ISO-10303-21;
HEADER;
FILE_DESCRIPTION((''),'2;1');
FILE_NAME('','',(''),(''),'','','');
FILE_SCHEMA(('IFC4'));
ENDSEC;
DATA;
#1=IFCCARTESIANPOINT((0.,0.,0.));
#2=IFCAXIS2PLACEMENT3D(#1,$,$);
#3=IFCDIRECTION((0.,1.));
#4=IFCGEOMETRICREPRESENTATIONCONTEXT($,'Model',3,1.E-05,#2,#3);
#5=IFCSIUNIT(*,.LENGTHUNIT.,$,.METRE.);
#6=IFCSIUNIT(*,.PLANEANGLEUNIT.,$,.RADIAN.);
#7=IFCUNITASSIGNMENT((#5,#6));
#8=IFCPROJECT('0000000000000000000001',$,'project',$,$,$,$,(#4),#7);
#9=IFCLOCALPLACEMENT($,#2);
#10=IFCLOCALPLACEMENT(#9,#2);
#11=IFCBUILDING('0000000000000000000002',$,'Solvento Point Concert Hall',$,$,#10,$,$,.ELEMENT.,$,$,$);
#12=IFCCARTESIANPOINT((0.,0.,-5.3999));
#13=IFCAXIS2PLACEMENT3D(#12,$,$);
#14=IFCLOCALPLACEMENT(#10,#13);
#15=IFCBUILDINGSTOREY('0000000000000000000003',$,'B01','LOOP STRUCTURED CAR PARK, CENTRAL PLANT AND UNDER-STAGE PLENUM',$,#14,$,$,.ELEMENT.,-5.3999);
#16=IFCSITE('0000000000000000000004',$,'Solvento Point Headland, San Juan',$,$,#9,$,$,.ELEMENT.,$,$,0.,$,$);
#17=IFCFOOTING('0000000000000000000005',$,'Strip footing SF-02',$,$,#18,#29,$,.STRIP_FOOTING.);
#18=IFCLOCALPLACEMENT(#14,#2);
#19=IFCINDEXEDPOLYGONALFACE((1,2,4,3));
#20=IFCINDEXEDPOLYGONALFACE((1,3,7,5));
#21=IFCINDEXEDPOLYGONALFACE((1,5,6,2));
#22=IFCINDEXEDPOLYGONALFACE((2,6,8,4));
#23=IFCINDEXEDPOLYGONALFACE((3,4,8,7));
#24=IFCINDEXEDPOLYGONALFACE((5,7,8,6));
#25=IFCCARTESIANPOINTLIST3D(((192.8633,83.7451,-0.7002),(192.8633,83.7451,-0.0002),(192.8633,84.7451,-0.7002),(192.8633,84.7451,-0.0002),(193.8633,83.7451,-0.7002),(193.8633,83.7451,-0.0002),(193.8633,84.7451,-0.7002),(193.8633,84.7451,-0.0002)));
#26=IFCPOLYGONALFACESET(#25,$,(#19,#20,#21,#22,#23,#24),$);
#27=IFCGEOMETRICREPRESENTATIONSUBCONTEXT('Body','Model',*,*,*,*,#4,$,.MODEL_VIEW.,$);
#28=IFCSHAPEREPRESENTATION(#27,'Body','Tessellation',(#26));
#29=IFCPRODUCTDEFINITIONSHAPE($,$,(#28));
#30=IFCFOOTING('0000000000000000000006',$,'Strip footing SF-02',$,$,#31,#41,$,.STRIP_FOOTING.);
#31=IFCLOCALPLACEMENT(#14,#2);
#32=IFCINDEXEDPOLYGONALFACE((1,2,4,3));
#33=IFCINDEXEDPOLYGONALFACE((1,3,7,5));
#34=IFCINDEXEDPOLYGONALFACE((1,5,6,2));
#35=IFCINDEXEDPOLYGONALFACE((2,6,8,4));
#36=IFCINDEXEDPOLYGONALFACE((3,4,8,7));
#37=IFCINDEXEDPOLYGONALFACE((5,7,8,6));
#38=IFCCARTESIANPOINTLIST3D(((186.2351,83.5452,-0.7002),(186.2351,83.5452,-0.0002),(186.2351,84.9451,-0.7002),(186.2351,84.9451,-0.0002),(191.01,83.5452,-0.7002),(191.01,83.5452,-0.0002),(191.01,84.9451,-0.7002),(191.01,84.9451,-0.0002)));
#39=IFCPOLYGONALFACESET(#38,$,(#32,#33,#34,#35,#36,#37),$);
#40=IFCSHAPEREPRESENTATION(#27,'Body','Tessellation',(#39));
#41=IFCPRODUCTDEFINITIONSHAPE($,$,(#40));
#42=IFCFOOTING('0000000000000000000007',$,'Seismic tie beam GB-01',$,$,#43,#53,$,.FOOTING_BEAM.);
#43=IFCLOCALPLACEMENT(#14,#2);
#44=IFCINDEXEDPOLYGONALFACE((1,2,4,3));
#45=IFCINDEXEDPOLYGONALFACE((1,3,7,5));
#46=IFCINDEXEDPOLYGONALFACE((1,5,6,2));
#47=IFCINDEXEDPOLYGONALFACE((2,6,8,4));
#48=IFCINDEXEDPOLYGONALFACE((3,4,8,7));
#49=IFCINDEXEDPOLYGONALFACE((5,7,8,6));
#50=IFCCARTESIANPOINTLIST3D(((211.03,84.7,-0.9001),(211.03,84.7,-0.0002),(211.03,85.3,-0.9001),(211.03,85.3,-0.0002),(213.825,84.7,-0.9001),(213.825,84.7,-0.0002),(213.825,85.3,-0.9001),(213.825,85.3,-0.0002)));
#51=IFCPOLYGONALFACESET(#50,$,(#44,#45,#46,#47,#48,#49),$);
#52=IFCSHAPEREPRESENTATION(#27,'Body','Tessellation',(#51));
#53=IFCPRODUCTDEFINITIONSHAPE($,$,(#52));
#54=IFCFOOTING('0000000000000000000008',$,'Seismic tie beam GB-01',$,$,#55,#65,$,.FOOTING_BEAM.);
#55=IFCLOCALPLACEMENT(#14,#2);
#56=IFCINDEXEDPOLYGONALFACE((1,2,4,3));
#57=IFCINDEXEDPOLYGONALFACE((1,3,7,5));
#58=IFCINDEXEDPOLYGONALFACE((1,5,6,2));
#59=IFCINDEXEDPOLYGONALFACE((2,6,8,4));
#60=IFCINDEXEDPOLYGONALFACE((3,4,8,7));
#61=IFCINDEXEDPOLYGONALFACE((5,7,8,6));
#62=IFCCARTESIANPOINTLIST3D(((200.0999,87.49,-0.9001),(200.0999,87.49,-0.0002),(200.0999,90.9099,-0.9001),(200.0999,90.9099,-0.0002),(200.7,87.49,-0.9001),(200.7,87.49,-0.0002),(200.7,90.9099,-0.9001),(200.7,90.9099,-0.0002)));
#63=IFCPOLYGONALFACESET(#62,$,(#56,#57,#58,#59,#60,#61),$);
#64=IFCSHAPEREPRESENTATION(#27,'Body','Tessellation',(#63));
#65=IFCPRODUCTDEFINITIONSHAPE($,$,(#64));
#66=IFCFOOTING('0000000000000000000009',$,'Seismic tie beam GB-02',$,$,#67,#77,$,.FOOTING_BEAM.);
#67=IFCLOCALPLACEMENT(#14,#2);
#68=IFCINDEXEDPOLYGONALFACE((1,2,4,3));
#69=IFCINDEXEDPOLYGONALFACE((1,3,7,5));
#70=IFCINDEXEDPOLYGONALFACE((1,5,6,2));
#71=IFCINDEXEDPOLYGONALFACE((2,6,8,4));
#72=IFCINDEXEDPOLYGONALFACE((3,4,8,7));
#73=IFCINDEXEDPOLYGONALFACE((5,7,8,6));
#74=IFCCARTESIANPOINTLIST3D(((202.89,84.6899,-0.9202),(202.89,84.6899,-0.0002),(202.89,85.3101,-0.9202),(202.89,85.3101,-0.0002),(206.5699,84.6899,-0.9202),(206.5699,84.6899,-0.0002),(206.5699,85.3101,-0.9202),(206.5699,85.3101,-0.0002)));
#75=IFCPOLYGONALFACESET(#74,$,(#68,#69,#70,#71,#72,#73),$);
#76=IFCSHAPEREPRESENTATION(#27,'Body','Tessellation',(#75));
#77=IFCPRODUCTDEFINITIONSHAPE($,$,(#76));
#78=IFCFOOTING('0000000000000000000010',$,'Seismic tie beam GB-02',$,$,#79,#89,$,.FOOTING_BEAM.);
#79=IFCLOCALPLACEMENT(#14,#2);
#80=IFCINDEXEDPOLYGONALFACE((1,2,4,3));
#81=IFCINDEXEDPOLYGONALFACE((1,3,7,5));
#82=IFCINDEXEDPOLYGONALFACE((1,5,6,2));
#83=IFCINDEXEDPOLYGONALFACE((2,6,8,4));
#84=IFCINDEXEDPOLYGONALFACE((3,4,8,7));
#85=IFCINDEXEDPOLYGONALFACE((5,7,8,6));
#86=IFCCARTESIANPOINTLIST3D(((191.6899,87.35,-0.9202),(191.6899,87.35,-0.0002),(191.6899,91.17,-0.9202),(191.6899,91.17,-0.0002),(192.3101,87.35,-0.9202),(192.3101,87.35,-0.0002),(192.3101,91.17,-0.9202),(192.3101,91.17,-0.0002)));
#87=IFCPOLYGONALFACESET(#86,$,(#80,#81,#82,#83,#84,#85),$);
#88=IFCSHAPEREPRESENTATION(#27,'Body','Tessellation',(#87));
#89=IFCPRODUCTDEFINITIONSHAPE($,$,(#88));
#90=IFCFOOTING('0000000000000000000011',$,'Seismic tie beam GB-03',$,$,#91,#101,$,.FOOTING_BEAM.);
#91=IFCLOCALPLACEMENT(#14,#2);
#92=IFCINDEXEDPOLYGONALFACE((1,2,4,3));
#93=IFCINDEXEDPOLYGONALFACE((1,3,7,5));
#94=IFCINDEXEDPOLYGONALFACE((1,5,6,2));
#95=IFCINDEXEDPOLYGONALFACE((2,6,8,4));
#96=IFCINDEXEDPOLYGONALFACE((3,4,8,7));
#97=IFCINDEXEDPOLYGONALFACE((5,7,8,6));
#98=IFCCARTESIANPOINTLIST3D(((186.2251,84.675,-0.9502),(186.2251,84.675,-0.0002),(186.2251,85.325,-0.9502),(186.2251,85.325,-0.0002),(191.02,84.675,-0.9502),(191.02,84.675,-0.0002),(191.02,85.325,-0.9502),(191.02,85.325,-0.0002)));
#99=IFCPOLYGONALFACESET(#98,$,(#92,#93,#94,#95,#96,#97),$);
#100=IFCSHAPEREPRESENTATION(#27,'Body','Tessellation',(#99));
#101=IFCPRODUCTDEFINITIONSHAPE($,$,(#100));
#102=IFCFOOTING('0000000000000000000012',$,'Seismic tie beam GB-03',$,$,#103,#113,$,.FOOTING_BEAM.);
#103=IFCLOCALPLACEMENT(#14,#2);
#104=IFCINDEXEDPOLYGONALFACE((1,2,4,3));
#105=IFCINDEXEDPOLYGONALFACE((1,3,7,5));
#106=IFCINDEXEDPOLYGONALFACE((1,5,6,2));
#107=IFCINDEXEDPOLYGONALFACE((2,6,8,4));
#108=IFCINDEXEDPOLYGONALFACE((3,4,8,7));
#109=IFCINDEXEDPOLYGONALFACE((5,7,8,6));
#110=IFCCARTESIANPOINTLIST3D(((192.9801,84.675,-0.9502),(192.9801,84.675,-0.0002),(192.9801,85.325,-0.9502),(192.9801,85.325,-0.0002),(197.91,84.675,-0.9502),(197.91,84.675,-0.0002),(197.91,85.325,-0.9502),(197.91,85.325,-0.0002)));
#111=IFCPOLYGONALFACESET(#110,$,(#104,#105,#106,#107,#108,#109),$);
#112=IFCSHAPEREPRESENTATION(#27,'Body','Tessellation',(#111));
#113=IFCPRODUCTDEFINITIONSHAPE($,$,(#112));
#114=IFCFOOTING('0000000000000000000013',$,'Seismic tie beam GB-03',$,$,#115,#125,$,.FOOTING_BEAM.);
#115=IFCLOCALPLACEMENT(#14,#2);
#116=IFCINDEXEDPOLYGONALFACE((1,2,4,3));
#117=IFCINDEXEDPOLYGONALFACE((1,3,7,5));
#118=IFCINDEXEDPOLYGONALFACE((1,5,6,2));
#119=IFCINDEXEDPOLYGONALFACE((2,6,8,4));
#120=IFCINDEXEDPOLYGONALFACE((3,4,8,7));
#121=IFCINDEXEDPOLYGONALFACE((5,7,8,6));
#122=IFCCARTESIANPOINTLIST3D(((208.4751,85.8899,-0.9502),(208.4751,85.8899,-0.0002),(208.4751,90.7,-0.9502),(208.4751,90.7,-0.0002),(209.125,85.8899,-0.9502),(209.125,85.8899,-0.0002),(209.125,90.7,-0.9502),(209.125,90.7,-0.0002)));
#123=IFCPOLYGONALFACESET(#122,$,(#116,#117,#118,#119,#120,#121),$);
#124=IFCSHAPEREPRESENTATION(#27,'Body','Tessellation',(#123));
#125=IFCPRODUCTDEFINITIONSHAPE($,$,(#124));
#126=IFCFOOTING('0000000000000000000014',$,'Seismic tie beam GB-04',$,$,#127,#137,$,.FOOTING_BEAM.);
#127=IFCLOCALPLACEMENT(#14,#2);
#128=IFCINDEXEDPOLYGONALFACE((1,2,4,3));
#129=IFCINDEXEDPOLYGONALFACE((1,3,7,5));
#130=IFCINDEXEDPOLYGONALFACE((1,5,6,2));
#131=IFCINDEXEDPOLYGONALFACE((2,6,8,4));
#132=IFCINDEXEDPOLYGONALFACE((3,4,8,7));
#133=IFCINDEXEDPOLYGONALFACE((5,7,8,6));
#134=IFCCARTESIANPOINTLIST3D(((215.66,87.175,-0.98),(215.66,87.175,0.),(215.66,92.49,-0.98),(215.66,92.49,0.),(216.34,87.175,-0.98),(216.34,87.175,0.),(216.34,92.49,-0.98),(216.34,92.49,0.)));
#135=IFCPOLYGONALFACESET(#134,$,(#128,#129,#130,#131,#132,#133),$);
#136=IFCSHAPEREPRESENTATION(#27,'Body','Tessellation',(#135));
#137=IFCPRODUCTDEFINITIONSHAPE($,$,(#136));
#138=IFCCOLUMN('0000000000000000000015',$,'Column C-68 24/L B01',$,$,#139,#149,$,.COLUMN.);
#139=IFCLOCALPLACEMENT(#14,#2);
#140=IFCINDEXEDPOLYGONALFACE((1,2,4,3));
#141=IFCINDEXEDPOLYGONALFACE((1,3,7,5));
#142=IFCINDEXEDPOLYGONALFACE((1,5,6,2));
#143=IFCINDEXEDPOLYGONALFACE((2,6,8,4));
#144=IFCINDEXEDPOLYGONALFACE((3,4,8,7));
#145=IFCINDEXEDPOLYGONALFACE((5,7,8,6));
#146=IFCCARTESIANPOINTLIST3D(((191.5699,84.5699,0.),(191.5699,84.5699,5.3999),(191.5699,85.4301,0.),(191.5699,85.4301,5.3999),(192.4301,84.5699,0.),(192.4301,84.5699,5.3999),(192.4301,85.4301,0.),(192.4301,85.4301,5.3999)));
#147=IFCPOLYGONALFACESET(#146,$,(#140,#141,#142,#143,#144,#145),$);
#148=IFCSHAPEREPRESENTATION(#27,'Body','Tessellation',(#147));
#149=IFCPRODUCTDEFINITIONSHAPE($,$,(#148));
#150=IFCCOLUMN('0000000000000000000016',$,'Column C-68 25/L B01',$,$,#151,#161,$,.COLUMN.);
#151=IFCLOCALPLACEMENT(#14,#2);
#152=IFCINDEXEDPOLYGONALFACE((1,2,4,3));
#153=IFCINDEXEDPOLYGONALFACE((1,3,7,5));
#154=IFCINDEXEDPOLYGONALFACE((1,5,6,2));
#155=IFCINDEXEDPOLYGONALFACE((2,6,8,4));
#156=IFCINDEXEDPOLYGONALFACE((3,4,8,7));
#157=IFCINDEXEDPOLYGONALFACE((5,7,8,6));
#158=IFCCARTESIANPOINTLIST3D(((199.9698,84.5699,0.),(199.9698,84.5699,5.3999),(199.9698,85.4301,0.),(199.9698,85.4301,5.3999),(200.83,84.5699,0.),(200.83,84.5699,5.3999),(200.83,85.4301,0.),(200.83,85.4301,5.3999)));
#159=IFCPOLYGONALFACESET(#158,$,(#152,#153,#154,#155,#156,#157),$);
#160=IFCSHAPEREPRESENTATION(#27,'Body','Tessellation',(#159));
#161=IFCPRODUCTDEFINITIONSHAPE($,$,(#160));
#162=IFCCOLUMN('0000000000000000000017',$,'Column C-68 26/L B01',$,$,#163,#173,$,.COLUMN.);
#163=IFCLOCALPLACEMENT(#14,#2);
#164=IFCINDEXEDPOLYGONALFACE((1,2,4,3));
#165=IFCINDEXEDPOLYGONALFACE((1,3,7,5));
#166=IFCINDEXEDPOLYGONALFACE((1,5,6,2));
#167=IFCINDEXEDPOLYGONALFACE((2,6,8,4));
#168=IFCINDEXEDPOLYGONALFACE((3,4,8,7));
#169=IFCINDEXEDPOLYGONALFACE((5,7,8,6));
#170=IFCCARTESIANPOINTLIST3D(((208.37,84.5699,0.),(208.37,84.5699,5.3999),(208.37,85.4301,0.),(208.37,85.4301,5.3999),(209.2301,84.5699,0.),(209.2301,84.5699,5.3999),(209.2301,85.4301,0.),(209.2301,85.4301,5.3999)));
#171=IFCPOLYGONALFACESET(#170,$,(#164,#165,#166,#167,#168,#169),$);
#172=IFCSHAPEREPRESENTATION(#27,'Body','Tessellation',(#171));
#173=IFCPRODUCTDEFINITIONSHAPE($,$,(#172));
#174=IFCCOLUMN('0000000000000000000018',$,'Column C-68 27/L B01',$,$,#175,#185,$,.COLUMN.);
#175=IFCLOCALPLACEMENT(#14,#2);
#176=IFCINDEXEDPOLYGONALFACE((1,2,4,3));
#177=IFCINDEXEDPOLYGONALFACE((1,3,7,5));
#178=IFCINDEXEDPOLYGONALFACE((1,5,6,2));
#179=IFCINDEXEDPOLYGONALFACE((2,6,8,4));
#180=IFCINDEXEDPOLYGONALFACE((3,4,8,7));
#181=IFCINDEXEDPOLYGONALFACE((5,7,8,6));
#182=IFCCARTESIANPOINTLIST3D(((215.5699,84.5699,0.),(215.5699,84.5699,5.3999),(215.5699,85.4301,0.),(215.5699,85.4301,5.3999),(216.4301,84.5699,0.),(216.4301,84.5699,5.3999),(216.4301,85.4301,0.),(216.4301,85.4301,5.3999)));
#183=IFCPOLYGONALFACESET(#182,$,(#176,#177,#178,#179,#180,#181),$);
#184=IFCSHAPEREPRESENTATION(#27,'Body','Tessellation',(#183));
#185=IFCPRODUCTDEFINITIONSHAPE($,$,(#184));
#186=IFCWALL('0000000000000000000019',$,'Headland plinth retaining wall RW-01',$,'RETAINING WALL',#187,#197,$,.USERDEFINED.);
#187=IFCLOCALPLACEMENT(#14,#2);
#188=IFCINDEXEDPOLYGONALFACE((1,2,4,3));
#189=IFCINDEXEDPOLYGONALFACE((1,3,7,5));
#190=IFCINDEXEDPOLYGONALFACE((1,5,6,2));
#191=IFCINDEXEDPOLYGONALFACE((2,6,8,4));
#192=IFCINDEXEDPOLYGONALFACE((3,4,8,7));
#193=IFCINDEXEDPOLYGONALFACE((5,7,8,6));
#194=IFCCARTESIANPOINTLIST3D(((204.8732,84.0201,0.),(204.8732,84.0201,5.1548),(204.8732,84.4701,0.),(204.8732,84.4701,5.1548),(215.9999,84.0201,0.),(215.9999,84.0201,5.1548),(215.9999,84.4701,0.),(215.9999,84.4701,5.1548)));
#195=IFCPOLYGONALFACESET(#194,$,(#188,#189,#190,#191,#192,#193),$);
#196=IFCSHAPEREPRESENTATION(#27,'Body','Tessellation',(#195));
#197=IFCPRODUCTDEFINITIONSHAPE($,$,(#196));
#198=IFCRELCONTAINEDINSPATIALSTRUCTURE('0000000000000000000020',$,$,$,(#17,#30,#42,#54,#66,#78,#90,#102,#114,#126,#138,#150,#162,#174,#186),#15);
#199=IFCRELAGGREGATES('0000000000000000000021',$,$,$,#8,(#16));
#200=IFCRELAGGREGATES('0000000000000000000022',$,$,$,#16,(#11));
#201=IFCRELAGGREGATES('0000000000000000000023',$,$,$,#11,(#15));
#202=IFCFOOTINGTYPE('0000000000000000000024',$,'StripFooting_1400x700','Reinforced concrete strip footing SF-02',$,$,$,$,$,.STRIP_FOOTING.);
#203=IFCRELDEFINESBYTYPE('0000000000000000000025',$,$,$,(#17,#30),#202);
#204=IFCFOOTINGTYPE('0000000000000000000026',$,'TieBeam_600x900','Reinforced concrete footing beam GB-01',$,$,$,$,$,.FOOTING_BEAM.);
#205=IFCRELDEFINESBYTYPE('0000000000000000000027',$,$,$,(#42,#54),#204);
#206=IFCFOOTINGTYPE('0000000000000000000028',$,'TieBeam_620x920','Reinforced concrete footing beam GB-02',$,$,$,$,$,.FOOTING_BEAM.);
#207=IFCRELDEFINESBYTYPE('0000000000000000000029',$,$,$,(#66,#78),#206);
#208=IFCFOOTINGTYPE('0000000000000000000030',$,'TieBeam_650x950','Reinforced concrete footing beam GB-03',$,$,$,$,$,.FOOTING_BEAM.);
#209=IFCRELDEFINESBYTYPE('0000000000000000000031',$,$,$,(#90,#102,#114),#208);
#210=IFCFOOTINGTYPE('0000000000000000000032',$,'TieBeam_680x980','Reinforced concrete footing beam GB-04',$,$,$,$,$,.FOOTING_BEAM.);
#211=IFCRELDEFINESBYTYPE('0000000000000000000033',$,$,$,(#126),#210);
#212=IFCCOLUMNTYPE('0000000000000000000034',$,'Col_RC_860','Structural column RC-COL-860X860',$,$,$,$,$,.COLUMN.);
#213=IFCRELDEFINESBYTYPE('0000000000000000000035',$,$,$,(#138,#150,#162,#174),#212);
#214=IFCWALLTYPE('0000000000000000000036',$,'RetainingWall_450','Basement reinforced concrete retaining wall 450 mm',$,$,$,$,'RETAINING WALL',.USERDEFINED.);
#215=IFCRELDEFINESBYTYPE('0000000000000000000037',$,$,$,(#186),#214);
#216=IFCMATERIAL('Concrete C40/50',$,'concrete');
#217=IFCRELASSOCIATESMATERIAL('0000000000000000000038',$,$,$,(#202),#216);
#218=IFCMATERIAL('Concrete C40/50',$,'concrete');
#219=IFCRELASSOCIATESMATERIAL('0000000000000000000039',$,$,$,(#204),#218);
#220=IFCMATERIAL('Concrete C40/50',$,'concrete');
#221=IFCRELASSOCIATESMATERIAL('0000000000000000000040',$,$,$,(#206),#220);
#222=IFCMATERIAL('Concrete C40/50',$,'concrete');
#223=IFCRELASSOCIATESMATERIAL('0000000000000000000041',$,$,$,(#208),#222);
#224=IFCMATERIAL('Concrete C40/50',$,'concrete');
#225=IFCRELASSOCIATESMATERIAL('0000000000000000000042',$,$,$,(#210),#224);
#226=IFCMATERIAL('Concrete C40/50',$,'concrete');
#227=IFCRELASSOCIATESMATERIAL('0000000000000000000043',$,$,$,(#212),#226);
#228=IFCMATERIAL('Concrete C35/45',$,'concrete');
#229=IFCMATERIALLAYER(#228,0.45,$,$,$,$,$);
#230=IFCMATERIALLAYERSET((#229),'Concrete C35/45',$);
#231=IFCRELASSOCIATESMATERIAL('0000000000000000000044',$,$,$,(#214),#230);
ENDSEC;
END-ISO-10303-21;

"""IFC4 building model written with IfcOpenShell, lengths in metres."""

from ifc_helpers import new_model, si_unit, direction, frame, frame_2d, origin, origin_2d, place, context, subcontext, project, spatial, rectangle, extrude, material, layer, layer_set, material_profile, profile_set, type_object, element, save


model = new_model("IFC4")

# Units and contexts
model_context = context("Model", 3, precision=1e-05, world=origin(), true_north=direction((0.0, 1.0)))
body_context = subcontext(model_context, "Body", "Model", "MODEL_VIEW")
ifc_project = project(units=[si_unit("LENGTHUNIT", "METRE"), si_unit("PLANEANGLEUNIT", "RADIAN")], contexts=[model_context])

# Site, building, storey
site_placement = place(None, origin())
site = spatial("IfcSite", under=ifc_project, at=site_placement, Name="Solvento Point Headland, San Juan", CompositionType="ELEMENT", RefElevation=0.0)
building_placement = place(site_placement, origin())
building = spatial("IfcBuilding", under=site, at=building_placement, Name="Solvento Point Concert Hall", CompositionType="ELEMENT")
storey_placement = place(building_placement, frame((0.0, 0.0, -5.3999)))
storey = spatial("IfcBuildingStorey", under=building, at=storey_placement, Name="B01", Description="LOOP STRUCTURED CAR PARK, CENTRAL PLANT AND UNDER-STAGE PLENUM", CompositionType="ELEMENT", Elevation=-5.3999)

# Footings
ifc_material_1 = material(Name="Concrete C40/50", Category="concrete")
footing_type_1 = type_object("IfcFootingType", Name="StripFooting_1400x700", Description="Reinforced concrete strip footing SF-02", PredefinedType="STRIP_FOOTING", material=ifc_material_1)
footing_1_placement = place(storey_placement, frame((193.3633, 84.2451, -0.7002), z_axis=(0.0, 0.0, 1.0), x_axis=(-1.0, 0.0, 0.0)))
element("IfcFooting", 1, at=footing_1_placement, inside=storey, type_object=footing_type_1, Name="Strip footing SF-02", PredefinedType="STRIP_FOOTING", context=body_context, shape_type="SweptSolid", body=[
    extrude(rectangle(XDim=1.0, YDim=1.0, at=origin_2d()), origin(), (0.0, 0.0, 1.0), 0.7),
])
footing_2_placement = place(storey_placement, frame((188.6226, 84.2451, -0.7002), z_axis=(0.0, 0.0, 1.0), x_axis=(-1.0, 0.0, 0.0)))
element("IfcFooting", 2, at=footing_2_placement, inside=storey, type_object=footing_type_1, Name="Strip footing SF-02", PredefinedType="STRIP_FOOTING", context=body_context, shape_type="SweptSolid", body=[
    extrude(rectangle(XDim=4.7749, YDim=1.3999, at=origin_2d()), origin(), (0.0, 0.0, 1.0), 0.7),
])
ifc_material_2 = material(Name="Concrete C40/50", Category="concrete")
footing_type_2 = type_object("IfcFootingType", Name="TieBeam_600x900", Description="Reinforced concrete footing beam GB-01", PredefinedType="FOOTING_BEAM", material=ifc_material_2)
footing_3_placement = place(storey_placement, frame((212.4275, 85.0, -0.9001), z_axis=(0.0, 0.0, 1.0), x_axis=(1.0, 0.0, 0.0)))
element("IfcFooting", 3, at=footing_3_placement, inside=storey, type_object=footing_type_2, Name="Seismic tie beam GB-01", PredefinedType="FOOTING_BEAM", context=body_context, shape_type="SweptSolid", body=[
    extrude(rectangle(XDim=2.7949, YDim=0.6001, at=origin_2d()), origin(), (0.0, 0.0, 1.0), 0.8999),
])
footing_4_placement = place(storey_placement, frame((200.3999, 89.2, -0.9001), z_axis=(0.0, 0.0, 1.0), x_axis=(0.0, 1.0, 0.0)))
element("IfcFooting", 4, at=footing_4_placement, inside=storey, type_object=footing_type_2, Name="Seismic tie beam GB-01", PredefinedType="FOOTING_BEAM", context=body_context, shape_type="SweptSolid", body=[
    extrude(rectangle(XDim=3.4199, YDim=0.6001, at=origin_2d()), origin(), (0.0, 0.0, 1.0), 0.8999),
])
ifc_material_3 = material(Name="Concrete C40/50", Category="concrete")
footing_type_3 = type_object("IfcFootingType", Name="TieBeam_620x920", Description="Reinforced concrete footing beam GB-02", PredefinedType="FOOTING_BEAM", material=ifc_material_3)
footing_5_placement = place(storey_placement, frame((204.73, 85.0, -0.9202), z_axis=(0.0, 0.0, 1.0), x_axis=(1.0, 0.0, 0.0)))
element("IfcFooting", 5, at=footing_5_placement, inside=storey, type_object=footing_type_3, Name="Seismic tie beam GB-02", PredefinedType="FOOTING_BEAM", context=body_context, shape_type="SweptSolid", body=[
    extrude(rectangle(XDim=3.6799, YDim=0.6201, at=origin_2d()), origin(), (0.0, 0.0, 1.0), 0.9199),
])
footing_6_placement = place(storey_placement, frame((192.0, 89.26, -0.9202), z_axis=(0.0, 0.0, 1.0), x_axis=(0.0, 1.0, 0.0)))
element("IfcFooting", 6, at=footing_6_placement, inside=storey, type_object=footing_type_3, Name="Seismic tie beam GB-02", PredefinedType="FOOTING_BEAM", context=body_context, shape_type="SweptSolid", body=[
    extrude(rectangle(XDim=3.8201, YDim=0.6201, at=origin_2d()), origin(), (0.0, 0.0, 1.0), 0.9199),
])
ifc_material_4 = material(Name="Concrete C40/50", Category="concrete")
footing_type_4 = type_object("IfcFootingType", Name="TieBeam_650x950", Description="Reinforced concrete footing beam GB-03", PredefinedType="FOOTING_BEAM", material=ifc_material_4)
footing_7_placement = place(storey_placement, frame((188.6226, 85.0, -0.9502), z_axis=(0.0, 0.0, 1.0), x_axis=(1.0, 0.0, 0.0)))
element("IfcFooting", 7, at=footing_7_placement, inside=storey, type_object=footing_type_4, Name="Seismic tie beam GB-03", PredefinedType="FOOTING_BEAM", context=body_context, shape_type="SweptSolid", body=[
    extrude(rectangle(XDim=4.7949, YDim=0.6499, at=origin_2d()), origin(), (0.0, 0.0, 1.0), 0.95),
])
footing_8_placement = place(storey_placement, frame((195.4451, 85.0, -0.9502), z_axis=(0.0, 0.0, 1.0), x_axis=(1.0, 0.0, 0.0)))
element("IfcFooting", 8, at=footing_8_placement, inside=storey, type_object=footing_type_4, Name="Seismic tie beam GB-03", PredefinedType="FOOTING_BEAM", context=body_context, shape_type="SweptSolid", body=[
    extrude(rectangle(XDim=4.9299, YDim=0.6499, at=origin_2d()), origin(), (0.0, 0.0, 1.0), 0.95),
])
footing_9_placement = place(storey_placement, frame((208.8, 88.2949, -0.9502), z_axis=(0.0, 0.0, 1.0), x_axis=(0.0, 1.0, 0.0)))
element("IfcFooting", 9, at=footing_9_placement, inside=storey, type_object=footing_type_4, Name="Seismic tie beam GB-03", PredefinedType="FOOTING_BEAM", context=body_context, shape_type="SweptSolid", body=[
    extrude(rectangle(XDim=4.8101, YDim=0.6499, at=origin_2d()), origin(), (0.0, 0.0, 1.0), 0.95),
])
ifc_material_5 = material(Name="Concrete C40/50", Category="concrete")
footing_type_5 = type_object("IfcFootingType", Name="TieBeam_680x980", Description="Reinforced concrete footing beam GB-04", PredefinedType="FOOTING_BEAM", material=ifc_material_5)
footing_10_placement = place(storey_placement, frame((216.0, 89.8325, -0.98), z_axis=(0.0, 0.0, 1.0), x_axis=(0.0, 1.0, 0.0)))
element("IfcFooting", 10, at=footing_10_placement, inside=storey, type_object=footing_type_5, Name="Seismic tie beam GB-04", PredefinedType="FOOTING_BEAM", context=body_context, shape_type="SweptSolid", body=[
    extrude(rectangle(XDim=5.3149, YDim=0.6799, at=origin_2d()), origin(), (0.0, 0.0, 1.0), 0.98),
])

# Columns
ifc_material_6 = material(Name="Concrete C40/50", Category="concrete")
ifc_material_profile_1 = material_profile(ifc_material_6, rectangle(XDim=0.8601, YDim=0.8601, at=origin_2d()), Name="RC-COL-860X860")
ifc_profile_set_1 = profile_set([ifc_material_profile_1], Name="Concrete C40/50")
column_type = type_object("IfcColumnType", Name="Col_RC_860", Description="Structural column RC-COL-860X860", PredefinedType="COLUMN", material=ifc_profile_set_1)
for number, where, z_axis, x_axis, name in (
    (11, (192.0, 85.0, 0.0), (0.0, 0.0, 1.0), (1.0, 0.0, 0.0), "Column C-68 24/L B01"),
    (12, (200.3999, 85.0, 0.0), (0.0, 0.0, 1.0), (1.0, 0.0, 0.0), "Column C-68 25/L B01"),
    (13, (208.8, 85.0, 0.0), (0.0, 0.0, 1.0), (1.0, 0.0, 0.0), "Column C-68 26/L B01"),
    (14, (216.0, 85.0, 0.0), (0.0, 0.0, 1.0), (1.0, 0.0, 0.0), "Column C-68 27/L B01"),
):
    element("IfcColumn", number, at=place(storey_placement, frame(where, z_axis=z_axis, x_axis=x_axis)), inside=storey, type_object=column_type, Name=name, PredefinedType="COLUMN", context=body_context, shape_type="SweptSolid", body=[
        extrude(rectangle(XDim=0.8601, YDim=0.8601, at=origin_2d()), origin(), (0.0, 0.0, 1.0), 5.3999),
    ])

# Wall
ifc_material_7 = material(Name="Concrete C35/45", Category="concrete")
ifc_layer = layer(ifc_material_7, 0.45)
ifc_layer_set = layer_set([ifc_layer], Name="Concrete C35/45")
wall_type = type_object("IfcWallType", Name="RetainingWall_450", Description="Basement reinforced concrete retaining wall 450 mm", ElementType="RETAINING WALL", PredefinedType="USERDEFINED", material=ifc_layer_set)
for number, where, z_axis, x_axis, name in (
    (15, (216.0, 84.2451, 0.0), (0.0, 0.0, 1.0), (-1.0, 0.0, 0.0), "Headland plinth retaining wall RW-01"),
):
    element("IfcWall", number, at=place(storey_placement, frame(where, z_axis=z_axis, x_axis=x_axis)), inside=storey, type_object=wall_type, Name=name, ObjectType="RETAINING WALL", PredefinedType="USERDEFINED", context=body_context, shape_type="SweptSolid", body=[
        extrude(rectangle(XDim=11.1267, YDim=0.45, at=frame_2d((5.5635, 0.0))), origin(), (0.0, 0.0, 1.0), 5.1548),
    ])

save(model, "model.ifc")
